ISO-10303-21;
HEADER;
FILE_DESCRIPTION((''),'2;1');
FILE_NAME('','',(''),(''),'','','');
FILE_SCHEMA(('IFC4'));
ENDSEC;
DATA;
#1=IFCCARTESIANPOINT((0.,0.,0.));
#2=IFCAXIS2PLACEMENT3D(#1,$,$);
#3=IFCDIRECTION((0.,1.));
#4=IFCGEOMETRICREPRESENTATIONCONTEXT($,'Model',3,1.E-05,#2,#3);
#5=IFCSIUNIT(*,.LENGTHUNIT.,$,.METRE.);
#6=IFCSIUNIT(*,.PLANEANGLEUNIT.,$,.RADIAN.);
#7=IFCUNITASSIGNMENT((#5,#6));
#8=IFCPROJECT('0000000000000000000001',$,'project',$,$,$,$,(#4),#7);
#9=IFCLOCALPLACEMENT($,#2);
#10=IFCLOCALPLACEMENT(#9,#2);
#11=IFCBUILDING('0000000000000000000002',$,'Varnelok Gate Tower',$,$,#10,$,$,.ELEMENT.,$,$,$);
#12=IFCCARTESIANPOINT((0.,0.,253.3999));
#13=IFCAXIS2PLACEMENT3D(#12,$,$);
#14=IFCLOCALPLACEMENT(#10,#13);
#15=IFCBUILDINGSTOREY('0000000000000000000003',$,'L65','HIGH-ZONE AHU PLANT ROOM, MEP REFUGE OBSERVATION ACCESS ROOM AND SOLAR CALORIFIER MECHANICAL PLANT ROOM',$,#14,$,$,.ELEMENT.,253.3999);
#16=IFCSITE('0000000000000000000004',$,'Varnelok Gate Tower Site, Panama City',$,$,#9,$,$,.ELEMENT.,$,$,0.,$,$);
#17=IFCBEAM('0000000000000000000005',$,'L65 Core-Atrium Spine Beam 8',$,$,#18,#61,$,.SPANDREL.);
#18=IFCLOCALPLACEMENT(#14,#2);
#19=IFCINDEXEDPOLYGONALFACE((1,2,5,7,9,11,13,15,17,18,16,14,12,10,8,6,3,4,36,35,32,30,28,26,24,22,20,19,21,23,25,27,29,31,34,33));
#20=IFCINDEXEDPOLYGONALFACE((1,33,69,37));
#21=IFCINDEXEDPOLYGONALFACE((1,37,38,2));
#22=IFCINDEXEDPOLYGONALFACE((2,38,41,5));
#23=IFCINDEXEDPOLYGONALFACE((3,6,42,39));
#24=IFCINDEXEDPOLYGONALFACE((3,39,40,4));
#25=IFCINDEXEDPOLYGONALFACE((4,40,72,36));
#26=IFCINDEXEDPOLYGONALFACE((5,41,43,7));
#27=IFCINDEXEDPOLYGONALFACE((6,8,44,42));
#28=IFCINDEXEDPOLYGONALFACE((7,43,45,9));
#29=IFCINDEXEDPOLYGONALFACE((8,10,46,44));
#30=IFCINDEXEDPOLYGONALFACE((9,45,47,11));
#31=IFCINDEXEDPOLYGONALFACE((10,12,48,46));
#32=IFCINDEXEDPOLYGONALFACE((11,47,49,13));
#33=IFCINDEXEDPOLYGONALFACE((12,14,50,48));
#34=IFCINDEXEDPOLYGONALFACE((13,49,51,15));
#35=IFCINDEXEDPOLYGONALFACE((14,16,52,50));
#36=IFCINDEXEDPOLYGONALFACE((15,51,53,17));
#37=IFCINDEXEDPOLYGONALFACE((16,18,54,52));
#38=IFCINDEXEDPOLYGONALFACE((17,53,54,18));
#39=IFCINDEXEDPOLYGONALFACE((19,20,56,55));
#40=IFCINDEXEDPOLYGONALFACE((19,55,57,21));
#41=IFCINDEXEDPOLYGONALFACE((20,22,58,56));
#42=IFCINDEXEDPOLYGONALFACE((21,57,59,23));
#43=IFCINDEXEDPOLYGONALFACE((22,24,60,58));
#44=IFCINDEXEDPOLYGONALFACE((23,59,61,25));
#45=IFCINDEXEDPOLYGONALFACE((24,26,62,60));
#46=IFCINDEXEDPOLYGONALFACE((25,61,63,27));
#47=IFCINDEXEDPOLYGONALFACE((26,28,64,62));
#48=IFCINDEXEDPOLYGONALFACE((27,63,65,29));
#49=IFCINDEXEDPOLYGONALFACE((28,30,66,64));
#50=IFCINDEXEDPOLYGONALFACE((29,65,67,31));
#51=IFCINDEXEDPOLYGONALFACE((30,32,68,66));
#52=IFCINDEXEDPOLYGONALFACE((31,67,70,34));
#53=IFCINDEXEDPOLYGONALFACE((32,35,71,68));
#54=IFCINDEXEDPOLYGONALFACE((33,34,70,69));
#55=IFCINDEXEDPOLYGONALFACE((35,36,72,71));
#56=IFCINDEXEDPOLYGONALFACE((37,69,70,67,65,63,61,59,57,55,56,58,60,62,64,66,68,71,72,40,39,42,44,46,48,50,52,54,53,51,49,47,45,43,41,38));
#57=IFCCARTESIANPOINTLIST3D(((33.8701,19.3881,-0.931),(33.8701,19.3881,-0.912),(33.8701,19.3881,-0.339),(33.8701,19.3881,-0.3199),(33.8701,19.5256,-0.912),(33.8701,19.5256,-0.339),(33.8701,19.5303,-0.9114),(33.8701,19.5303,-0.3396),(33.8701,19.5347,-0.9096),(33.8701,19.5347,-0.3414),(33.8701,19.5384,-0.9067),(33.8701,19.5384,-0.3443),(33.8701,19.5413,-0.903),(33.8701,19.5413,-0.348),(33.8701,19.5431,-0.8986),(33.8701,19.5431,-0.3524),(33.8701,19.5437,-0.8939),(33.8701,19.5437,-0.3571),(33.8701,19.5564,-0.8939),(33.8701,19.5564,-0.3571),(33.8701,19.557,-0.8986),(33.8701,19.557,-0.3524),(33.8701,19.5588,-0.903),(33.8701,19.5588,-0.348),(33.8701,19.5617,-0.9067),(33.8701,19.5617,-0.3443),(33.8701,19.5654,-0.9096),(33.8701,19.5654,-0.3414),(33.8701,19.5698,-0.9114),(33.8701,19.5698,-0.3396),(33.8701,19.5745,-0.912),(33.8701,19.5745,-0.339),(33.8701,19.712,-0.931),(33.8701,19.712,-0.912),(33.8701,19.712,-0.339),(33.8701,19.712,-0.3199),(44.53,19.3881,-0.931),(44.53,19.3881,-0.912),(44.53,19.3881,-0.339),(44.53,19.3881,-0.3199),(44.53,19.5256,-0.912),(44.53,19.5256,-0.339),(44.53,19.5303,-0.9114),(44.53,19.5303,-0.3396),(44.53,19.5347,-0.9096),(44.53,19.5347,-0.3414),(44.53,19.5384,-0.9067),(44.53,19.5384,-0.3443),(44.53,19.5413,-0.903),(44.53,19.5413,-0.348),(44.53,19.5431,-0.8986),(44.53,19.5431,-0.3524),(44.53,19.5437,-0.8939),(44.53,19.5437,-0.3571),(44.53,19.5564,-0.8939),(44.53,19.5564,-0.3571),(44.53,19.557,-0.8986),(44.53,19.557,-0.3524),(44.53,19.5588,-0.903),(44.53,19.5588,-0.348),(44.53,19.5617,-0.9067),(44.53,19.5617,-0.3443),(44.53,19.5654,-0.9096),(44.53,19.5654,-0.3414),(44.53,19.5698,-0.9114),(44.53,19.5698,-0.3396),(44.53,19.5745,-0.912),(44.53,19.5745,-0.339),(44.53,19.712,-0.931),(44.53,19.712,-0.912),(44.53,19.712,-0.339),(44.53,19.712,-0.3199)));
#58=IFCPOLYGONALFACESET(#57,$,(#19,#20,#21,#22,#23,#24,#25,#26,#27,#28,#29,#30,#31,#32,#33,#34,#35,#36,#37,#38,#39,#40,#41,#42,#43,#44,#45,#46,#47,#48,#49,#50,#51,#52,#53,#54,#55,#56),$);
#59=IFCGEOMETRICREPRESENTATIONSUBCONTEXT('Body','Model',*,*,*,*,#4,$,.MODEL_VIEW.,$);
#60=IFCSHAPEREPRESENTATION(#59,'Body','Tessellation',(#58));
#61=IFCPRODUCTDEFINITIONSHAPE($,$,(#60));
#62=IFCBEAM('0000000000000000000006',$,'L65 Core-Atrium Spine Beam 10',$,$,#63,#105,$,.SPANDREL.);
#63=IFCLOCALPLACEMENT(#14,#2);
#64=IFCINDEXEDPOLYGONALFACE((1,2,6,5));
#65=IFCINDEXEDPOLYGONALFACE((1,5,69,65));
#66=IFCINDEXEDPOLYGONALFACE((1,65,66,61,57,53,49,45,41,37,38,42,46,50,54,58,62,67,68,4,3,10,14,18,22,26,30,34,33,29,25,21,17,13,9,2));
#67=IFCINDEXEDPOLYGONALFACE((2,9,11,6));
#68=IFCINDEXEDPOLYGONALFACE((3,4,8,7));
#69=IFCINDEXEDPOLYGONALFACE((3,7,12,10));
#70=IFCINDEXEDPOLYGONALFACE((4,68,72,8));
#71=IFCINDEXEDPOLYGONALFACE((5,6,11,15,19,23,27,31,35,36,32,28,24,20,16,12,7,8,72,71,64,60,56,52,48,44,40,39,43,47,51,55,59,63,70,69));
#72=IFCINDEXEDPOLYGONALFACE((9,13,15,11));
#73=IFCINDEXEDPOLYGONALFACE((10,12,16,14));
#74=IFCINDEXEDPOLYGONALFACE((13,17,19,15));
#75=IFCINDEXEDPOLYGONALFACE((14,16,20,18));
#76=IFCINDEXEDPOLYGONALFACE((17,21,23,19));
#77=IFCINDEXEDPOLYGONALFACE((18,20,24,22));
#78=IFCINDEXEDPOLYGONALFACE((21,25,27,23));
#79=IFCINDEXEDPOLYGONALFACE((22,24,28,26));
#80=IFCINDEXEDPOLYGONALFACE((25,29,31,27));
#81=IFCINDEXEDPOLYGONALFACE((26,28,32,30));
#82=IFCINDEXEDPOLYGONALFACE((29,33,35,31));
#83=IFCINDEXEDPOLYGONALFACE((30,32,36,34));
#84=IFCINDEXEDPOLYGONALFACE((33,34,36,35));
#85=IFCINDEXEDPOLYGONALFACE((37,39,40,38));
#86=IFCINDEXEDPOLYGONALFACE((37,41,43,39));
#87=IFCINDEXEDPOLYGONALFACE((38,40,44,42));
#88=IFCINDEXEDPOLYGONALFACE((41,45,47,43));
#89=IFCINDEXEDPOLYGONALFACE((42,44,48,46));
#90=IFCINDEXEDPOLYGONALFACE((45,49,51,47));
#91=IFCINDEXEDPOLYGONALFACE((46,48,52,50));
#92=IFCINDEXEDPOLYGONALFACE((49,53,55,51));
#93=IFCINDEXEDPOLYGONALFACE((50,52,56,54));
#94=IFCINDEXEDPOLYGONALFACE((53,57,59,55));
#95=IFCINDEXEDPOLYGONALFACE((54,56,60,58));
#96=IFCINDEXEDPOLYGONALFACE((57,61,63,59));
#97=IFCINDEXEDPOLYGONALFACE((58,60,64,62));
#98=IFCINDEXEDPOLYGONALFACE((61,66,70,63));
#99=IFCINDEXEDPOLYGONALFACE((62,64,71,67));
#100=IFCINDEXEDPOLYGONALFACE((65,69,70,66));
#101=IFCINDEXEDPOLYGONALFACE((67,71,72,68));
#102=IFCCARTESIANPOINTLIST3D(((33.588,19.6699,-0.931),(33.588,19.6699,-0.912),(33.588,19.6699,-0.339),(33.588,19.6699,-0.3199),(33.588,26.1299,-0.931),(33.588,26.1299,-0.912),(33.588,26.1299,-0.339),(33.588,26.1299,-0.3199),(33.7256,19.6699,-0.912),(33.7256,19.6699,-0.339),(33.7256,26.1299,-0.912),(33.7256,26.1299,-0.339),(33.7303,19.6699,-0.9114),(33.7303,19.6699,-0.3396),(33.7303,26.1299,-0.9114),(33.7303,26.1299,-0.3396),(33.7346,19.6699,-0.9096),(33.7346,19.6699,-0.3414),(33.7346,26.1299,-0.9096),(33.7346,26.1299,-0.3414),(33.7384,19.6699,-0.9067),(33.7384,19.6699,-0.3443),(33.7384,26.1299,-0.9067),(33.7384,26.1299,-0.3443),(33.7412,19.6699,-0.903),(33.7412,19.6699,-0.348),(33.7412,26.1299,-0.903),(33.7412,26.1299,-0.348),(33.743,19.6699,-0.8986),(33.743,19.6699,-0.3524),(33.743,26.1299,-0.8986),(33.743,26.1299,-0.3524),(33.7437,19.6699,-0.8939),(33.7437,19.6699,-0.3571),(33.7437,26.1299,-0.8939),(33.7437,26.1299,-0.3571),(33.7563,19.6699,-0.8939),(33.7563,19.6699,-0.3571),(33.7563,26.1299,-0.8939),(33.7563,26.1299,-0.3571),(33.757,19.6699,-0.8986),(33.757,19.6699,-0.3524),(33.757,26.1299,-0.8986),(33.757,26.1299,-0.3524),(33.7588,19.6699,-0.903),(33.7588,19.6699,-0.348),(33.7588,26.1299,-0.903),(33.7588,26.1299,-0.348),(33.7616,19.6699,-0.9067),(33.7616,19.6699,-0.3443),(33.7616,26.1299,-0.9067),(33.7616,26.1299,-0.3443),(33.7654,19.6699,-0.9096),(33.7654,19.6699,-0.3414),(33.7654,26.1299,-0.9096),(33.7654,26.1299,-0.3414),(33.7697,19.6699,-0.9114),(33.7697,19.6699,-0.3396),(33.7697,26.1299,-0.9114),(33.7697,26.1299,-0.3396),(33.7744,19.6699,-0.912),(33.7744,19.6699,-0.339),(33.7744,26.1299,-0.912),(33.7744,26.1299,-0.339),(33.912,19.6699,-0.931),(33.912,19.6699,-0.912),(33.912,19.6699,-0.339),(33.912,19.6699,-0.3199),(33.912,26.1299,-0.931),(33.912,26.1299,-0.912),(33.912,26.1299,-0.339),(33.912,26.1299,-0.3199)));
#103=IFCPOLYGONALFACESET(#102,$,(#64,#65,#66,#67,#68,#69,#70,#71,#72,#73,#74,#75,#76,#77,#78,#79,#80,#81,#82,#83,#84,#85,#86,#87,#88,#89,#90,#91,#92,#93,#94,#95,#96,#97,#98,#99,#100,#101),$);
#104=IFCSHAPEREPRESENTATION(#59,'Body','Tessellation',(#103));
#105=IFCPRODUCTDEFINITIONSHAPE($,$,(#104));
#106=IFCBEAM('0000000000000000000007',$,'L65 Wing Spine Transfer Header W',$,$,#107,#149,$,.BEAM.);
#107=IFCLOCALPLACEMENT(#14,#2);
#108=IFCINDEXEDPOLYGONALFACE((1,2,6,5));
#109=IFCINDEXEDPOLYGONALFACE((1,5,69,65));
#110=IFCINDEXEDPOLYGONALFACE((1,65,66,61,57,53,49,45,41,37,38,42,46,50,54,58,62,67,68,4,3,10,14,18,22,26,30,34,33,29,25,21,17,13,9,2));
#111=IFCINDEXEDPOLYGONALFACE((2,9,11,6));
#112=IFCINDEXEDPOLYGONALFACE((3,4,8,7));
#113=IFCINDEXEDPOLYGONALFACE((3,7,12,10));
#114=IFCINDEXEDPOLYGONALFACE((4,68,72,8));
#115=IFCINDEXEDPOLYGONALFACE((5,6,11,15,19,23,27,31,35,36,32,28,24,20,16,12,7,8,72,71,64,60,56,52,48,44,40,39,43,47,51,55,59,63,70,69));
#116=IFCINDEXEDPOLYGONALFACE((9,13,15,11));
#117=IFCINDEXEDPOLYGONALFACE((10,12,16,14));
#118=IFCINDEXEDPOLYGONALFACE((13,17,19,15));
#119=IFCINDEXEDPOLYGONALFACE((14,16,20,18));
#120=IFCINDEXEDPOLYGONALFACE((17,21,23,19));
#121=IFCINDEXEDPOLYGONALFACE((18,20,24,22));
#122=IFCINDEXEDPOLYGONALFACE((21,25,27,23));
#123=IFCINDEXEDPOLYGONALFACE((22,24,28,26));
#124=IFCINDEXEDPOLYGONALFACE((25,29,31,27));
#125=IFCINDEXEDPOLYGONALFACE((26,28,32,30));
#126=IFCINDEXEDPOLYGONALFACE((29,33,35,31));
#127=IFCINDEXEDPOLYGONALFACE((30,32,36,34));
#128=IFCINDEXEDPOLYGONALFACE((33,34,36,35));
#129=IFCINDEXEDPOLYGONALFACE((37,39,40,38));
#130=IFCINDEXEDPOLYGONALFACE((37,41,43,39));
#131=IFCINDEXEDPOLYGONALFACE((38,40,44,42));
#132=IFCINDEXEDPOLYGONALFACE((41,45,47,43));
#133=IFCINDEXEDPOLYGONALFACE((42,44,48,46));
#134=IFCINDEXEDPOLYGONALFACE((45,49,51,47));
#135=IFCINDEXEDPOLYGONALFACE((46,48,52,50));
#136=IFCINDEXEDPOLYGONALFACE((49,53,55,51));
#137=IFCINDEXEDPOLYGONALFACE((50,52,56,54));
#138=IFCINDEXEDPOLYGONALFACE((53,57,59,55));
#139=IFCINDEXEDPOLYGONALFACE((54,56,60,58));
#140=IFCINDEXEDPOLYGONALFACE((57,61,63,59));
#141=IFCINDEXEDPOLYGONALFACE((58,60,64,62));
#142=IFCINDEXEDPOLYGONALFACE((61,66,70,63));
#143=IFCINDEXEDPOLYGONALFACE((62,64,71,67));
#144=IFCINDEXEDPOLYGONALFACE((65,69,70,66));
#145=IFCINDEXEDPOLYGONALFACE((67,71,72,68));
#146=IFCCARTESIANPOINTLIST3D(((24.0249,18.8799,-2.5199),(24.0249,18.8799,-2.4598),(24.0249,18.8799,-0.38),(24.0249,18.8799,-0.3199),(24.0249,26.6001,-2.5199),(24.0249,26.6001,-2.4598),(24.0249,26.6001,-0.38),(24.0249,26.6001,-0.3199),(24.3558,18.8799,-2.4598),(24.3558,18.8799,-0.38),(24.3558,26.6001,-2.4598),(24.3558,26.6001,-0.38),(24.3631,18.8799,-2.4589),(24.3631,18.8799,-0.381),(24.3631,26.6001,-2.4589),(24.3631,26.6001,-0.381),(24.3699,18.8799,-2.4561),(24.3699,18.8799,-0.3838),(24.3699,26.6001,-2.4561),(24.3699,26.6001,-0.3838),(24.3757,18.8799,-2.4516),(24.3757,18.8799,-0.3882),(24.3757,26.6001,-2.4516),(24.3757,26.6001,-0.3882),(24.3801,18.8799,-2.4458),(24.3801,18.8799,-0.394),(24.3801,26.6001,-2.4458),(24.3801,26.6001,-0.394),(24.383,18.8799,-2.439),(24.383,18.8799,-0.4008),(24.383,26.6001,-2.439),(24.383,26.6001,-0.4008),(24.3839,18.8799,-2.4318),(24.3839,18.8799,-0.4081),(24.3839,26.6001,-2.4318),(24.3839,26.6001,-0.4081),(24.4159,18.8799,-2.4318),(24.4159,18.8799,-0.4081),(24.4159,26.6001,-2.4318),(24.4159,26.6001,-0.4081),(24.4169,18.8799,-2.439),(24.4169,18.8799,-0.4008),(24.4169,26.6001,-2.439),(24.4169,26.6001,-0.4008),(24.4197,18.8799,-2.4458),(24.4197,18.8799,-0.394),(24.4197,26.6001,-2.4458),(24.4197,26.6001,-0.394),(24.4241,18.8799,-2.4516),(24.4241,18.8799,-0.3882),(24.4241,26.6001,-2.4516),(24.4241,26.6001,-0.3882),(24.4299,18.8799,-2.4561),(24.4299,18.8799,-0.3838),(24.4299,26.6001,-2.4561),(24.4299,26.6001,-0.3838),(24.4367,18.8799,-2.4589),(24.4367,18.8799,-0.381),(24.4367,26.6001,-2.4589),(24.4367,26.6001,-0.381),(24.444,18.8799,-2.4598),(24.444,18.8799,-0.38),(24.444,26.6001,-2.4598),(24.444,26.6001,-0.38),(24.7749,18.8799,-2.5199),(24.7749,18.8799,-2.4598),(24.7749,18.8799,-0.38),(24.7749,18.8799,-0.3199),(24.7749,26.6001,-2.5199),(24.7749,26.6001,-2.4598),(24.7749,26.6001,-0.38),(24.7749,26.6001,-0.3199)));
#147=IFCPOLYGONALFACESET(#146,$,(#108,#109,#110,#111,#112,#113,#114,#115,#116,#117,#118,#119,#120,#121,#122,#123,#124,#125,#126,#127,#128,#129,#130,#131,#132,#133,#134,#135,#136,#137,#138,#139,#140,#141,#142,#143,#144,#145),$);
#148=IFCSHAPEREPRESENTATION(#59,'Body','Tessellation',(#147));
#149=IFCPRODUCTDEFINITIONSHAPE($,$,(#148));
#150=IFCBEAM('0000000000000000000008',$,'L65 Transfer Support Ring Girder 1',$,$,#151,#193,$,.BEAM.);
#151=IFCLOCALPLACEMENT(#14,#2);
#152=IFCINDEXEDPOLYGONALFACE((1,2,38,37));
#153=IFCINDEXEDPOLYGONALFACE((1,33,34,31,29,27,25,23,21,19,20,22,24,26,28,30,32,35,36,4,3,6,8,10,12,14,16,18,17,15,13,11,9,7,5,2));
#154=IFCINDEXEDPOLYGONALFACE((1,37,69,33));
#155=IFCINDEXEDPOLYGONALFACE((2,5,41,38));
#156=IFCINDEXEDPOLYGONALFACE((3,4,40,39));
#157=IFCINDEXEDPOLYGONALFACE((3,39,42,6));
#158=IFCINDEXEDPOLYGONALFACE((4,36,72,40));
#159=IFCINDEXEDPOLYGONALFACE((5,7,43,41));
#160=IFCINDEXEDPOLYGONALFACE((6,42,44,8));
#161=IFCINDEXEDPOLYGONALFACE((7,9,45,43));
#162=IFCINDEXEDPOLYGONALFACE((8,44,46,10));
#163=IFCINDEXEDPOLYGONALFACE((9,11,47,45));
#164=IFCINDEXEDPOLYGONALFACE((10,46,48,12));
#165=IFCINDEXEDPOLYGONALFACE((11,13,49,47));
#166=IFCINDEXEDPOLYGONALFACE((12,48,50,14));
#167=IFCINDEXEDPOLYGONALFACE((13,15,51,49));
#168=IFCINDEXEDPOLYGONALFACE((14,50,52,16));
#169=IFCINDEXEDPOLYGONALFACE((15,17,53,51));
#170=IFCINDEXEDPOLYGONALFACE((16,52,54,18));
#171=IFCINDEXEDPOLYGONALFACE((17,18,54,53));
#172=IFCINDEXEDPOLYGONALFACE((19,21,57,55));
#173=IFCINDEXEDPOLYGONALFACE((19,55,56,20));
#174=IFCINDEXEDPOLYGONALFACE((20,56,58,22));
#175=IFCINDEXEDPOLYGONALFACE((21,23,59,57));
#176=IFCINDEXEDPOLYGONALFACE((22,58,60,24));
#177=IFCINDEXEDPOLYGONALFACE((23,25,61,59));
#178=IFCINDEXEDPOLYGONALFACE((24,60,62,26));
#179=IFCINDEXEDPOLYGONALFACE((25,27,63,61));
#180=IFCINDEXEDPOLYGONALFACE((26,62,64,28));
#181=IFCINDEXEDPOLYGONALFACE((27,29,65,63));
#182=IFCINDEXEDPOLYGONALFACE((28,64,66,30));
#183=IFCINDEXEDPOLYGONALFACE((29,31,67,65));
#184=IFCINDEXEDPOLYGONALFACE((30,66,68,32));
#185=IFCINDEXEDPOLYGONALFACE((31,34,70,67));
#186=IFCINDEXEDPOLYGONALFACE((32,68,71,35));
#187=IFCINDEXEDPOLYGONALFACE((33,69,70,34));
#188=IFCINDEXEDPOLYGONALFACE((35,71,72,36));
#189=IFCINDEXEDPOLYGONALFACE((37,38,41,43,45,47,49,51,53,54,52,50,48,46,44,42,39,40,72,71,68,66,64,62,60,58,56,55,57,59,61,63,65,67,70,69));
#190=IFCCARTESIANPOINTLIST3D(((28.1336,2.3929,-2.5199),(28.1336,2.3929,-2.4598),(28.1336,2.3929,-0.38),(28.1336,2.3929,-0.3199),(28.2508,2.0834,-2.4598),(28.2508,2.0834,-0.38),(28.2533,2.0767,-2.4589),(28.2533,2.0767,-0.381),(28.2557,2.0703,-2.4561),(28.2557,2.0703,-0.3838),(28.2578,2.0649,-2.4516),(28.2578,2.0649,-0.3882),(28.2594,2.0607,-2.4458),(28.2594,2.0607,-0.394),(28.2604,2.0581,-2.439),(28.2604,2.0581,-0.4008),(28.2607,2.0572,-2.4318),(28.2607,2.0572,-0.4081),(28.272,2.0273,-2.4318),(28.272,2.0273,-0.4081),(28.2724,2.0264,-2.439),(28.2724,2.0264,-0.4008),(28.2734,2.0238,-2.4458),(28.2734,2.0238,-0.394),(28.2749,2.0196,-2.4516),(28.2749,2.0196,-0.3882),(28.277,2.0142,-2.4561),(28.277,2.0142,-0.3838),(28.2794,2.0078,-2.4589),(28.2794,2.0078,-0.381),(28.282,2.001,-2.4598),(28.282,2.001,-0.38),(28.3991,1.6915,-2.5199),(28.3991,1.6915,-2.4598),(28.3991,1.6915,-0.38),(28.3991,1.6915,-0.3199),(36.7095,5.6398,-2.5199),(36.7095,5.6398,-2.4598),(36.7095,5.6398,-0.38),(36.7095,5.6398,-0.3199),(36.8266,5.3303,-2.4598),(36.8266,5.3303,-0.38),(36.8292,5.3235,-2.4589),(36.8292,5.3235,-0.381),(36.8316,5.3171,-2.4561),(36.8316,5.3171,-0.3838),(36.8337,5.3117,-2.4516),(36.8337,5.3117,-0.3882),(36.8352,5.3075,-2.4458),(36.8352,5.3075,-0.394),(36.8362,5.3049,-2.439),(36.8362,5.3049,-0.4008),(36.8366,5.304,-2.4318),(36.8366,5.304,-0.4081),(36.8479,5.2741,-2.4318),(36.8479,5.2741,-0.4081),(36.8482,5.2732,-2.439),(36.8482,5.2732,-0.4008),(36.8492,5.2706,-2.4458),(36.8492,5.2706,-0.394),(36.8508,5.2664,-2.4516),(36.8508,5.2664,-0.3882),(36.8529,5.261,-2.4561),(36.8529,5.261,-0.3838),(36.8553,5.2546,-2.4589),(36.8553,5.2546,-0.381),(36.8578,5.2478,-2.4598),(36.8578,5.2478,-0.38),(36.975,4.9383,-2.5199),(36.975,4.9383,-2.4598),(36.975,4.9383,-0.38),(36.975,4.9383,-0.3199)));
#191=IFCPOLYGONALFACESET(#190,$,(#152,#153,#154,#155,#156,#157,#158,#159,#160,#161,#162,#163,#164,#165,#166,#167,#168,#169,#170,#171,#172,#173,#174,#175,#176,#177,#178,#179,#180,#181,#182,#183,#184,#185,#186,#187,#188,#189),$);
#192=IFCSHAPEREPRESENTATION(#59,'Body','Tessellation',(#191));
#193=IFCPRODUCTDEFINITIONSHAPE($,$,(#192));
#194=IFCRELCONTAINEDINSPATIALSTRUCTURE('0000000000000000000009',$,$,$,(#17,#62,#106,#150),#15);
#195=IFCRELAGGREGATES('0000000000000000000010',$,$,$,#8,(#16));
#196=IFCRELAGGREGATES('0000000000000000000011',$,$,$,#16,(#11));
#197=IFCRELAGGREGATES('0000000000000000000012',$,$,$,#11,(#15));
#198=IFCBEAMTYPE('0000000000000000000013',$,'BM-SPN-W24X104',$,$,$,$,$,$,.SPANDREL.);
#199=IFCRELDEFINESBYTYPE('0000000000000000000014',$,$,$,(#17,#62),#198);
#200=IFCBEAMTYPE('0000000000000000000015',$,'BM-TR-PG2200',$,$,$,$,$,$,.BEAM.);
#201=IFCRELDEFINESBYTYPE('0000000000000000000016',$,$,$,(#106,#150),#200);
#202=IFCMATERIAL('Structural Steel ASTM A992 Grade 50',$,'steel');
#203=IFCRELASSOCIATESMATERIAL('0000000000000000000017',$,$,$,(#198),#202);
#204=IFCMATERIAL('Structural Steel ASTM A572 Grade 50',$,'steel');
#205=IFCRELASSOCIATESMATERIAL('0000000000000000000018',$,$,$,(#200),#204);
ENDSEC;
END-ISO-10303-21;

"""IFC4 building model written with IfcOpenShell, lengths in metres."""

from ifc_helpers import new_model, si_unit, direction, frame, origin, origin_2d, place, context, subcontext, project, spatial, i_section, extrude, material, material_profile, profile_set, type_object, element, save


model = new_model("IFC4")

# Units and contexts
model_context = context("Model", 3, precision=1e-05, world=origin(), true_north=direction((0.0, 1.0)))
body_context = subcontext(model_context, "Body", "Model", "MODEL_VIEW")
ifc_project = project(units=[si_unit("LENGTHUNIT", "METRE"), si_unit("PLANEANGLEUNIT", "RADIAN")], contexts=[model_context])

# Site, building, storey
site_placement = place(None, origin())
site = spatial("IfcSite", under=ifc_project, at=site_placement, Name="Varnelok Gate Tower Site, Panama City", CompositionType="ELEMENT", RefElevation=0.0)
building_placement = place(site_placement, origin())
building = spatial("IfcBuilding", under=site, at=building_placement, Name="Varnelok Gate Tower", CompositionType="ELEMENT")
storey_placement = place(building_placement, frame((0.0, 0.0, 253.3999)))
storey = spatial("IfcBuildingStorey", under=building, at=storey_placement, Name="L65", Description="HIGH-ZONE AHU PLANT ROOM, MEP REFUGE OBSERVATION ACCESS ROOM AND SOLAR CALORIFIER MECHANICAL PLANT ROOM", CompositionType="ELEMENT", Elevation=253.3999)

# Shared definitions
ifc_material_1 = material(Name="Structural Steel ASTM A992 Grade 50", Category="steel")

# Beams
ifc_material_profile_1 = material_profile(ifc_material_1, i_section(OverallWidth=0.324, OverallDepth=0.6111, WebThickness=0.0127, FlangeThickness=0.019, FilletRadius=0.0181, at=origin_2d()), Name="W24X104")
ifc_profile_set_1 = profile_set([ifc_material_profile_1], Name="Structural Steel ASTM A992 Grade 50")
beam_type_1 = type_object("IfcBeamType", Name="BM-SPN-W24X104", PredefinedType="SPANDREL", material=ifc_profile_set_1)
beam_1_placement = place(storey_placement, frame((33.8701, 19.55, -0.6255), z_axis=(1.0, 0.0, 0.0), x_axis=(0.0, 1.0, 0.0)))
element("IfcBeam", 1, at=beam_1_placement, inside=storey, type_object=beam_type_1, Name="L65 Core-Atrium Spine Beam 8", PredefinedType="SPANDREL", context=body_context, shape_type="SweptSolid", body=[
    extrude(i_section(OverallWidth=0.324, OverallDepth=0.6111, WebThickness=0.0127, FlangeThickness=0.019, FilletRadius=0.0181, at=origin_2d()), origin(), (0.0, 0.0, 1.0), 10.6599),
])
beam_2_placement = place(storey_placement, frame((33.75, 19.6699, -0.6255), z_axis=(0.0, 1.0, 0.0), x_axis=(-1.0, 0.0, 0.0)))
element("IfcBeam", 2, at=beam_2_placement, inside=storey, type_object=beam_type_1, Name="L65 Core-Atrium Spine Beam 10", PredefinedType="SPANDREL", context=body_context, shape_type="SweptSolid", body=[
    extrude(i_section(OverallWidth=0.324, OverallDepth=0.6111, WebThickness=0.0127, FlangeThickness=0.019, FilletRadius=0.0181, at=origin_2d()), origin(), (0.0, 0.0, 1.0), 6.46),
])
ifc_material_2 = material(Name="Structural Steel ASTM A572 Grade 50", Category="steel")
ifc_material_profile_2 = material_profile(ifc_material_2, i_section(OverallWidth=0.75, OverallDepth=2.2, WebThickness=0.032, FlangeThickness=0.0601, FilletRadius=0.0281, at=origin_2d()), Name="PG2200X750")
ifc_profile_set_2 = profile_set([ifc_material_profile_2], Name="Structural Steel ASTM A572 Grade 50")
beam_type_2 = type_object("IfcBeamType", Name="BM-TR-PG2200", PredefinedType="BEAM", material=ifc_profile_set_2)
beam_3_placement = place(storey_placement, frame((24.3999, 18.8799, -1.4199), z_axis=(0.0, 1.0, 0.0), x_axis=(-1.0, 0.0, 0.0)))
element("IfcBeam", 3, at=beam_3_placement, inside=storey, type_object=beam_type_2, Name="L65 Wing Spine Transfer Header W", PredefinedType="BEAM", context=body_context, shape_type="SweptSolid", body=[
    extrude(i_section(OverallWidth=0.75, OverallDepth=2.2, WebThickness=0.032, FlangeThickness=0.0601, FilletRadius=0.0281, at=origin_2d()), origin(), (0.0, 0.0, 1.0), 7.7202),
])
for number, where, z_axis, x_axis, name in (
    (4, (28.2664, 2.0422, -1.4199), (0.935218, 0.354071, 0.0), (-0.354071, 0.935218, 0.0), "L65 Transfer Support Ring Girder 1"),
):
    element("IfcBeam", number, at=place(storey_placement, frame(where, z_axis=z_axis, x_axis=x_axis)), inside=storey, type_object=beam_type_2, Name=name, PredefinedType="BEAM", context=body_context, shape_type="SweptSolid", body=[
        extrude(i_section(OverallWidth=0.75, OverallDepth=2.2, WebThickness=0.032, FlangeThickness=0.0601, FilletRadius=0.0281, at=origin_2d()), origin(), (0.0, 0.0, 1.0), 9.1699),
    ])

save(model, "model.ifc")
